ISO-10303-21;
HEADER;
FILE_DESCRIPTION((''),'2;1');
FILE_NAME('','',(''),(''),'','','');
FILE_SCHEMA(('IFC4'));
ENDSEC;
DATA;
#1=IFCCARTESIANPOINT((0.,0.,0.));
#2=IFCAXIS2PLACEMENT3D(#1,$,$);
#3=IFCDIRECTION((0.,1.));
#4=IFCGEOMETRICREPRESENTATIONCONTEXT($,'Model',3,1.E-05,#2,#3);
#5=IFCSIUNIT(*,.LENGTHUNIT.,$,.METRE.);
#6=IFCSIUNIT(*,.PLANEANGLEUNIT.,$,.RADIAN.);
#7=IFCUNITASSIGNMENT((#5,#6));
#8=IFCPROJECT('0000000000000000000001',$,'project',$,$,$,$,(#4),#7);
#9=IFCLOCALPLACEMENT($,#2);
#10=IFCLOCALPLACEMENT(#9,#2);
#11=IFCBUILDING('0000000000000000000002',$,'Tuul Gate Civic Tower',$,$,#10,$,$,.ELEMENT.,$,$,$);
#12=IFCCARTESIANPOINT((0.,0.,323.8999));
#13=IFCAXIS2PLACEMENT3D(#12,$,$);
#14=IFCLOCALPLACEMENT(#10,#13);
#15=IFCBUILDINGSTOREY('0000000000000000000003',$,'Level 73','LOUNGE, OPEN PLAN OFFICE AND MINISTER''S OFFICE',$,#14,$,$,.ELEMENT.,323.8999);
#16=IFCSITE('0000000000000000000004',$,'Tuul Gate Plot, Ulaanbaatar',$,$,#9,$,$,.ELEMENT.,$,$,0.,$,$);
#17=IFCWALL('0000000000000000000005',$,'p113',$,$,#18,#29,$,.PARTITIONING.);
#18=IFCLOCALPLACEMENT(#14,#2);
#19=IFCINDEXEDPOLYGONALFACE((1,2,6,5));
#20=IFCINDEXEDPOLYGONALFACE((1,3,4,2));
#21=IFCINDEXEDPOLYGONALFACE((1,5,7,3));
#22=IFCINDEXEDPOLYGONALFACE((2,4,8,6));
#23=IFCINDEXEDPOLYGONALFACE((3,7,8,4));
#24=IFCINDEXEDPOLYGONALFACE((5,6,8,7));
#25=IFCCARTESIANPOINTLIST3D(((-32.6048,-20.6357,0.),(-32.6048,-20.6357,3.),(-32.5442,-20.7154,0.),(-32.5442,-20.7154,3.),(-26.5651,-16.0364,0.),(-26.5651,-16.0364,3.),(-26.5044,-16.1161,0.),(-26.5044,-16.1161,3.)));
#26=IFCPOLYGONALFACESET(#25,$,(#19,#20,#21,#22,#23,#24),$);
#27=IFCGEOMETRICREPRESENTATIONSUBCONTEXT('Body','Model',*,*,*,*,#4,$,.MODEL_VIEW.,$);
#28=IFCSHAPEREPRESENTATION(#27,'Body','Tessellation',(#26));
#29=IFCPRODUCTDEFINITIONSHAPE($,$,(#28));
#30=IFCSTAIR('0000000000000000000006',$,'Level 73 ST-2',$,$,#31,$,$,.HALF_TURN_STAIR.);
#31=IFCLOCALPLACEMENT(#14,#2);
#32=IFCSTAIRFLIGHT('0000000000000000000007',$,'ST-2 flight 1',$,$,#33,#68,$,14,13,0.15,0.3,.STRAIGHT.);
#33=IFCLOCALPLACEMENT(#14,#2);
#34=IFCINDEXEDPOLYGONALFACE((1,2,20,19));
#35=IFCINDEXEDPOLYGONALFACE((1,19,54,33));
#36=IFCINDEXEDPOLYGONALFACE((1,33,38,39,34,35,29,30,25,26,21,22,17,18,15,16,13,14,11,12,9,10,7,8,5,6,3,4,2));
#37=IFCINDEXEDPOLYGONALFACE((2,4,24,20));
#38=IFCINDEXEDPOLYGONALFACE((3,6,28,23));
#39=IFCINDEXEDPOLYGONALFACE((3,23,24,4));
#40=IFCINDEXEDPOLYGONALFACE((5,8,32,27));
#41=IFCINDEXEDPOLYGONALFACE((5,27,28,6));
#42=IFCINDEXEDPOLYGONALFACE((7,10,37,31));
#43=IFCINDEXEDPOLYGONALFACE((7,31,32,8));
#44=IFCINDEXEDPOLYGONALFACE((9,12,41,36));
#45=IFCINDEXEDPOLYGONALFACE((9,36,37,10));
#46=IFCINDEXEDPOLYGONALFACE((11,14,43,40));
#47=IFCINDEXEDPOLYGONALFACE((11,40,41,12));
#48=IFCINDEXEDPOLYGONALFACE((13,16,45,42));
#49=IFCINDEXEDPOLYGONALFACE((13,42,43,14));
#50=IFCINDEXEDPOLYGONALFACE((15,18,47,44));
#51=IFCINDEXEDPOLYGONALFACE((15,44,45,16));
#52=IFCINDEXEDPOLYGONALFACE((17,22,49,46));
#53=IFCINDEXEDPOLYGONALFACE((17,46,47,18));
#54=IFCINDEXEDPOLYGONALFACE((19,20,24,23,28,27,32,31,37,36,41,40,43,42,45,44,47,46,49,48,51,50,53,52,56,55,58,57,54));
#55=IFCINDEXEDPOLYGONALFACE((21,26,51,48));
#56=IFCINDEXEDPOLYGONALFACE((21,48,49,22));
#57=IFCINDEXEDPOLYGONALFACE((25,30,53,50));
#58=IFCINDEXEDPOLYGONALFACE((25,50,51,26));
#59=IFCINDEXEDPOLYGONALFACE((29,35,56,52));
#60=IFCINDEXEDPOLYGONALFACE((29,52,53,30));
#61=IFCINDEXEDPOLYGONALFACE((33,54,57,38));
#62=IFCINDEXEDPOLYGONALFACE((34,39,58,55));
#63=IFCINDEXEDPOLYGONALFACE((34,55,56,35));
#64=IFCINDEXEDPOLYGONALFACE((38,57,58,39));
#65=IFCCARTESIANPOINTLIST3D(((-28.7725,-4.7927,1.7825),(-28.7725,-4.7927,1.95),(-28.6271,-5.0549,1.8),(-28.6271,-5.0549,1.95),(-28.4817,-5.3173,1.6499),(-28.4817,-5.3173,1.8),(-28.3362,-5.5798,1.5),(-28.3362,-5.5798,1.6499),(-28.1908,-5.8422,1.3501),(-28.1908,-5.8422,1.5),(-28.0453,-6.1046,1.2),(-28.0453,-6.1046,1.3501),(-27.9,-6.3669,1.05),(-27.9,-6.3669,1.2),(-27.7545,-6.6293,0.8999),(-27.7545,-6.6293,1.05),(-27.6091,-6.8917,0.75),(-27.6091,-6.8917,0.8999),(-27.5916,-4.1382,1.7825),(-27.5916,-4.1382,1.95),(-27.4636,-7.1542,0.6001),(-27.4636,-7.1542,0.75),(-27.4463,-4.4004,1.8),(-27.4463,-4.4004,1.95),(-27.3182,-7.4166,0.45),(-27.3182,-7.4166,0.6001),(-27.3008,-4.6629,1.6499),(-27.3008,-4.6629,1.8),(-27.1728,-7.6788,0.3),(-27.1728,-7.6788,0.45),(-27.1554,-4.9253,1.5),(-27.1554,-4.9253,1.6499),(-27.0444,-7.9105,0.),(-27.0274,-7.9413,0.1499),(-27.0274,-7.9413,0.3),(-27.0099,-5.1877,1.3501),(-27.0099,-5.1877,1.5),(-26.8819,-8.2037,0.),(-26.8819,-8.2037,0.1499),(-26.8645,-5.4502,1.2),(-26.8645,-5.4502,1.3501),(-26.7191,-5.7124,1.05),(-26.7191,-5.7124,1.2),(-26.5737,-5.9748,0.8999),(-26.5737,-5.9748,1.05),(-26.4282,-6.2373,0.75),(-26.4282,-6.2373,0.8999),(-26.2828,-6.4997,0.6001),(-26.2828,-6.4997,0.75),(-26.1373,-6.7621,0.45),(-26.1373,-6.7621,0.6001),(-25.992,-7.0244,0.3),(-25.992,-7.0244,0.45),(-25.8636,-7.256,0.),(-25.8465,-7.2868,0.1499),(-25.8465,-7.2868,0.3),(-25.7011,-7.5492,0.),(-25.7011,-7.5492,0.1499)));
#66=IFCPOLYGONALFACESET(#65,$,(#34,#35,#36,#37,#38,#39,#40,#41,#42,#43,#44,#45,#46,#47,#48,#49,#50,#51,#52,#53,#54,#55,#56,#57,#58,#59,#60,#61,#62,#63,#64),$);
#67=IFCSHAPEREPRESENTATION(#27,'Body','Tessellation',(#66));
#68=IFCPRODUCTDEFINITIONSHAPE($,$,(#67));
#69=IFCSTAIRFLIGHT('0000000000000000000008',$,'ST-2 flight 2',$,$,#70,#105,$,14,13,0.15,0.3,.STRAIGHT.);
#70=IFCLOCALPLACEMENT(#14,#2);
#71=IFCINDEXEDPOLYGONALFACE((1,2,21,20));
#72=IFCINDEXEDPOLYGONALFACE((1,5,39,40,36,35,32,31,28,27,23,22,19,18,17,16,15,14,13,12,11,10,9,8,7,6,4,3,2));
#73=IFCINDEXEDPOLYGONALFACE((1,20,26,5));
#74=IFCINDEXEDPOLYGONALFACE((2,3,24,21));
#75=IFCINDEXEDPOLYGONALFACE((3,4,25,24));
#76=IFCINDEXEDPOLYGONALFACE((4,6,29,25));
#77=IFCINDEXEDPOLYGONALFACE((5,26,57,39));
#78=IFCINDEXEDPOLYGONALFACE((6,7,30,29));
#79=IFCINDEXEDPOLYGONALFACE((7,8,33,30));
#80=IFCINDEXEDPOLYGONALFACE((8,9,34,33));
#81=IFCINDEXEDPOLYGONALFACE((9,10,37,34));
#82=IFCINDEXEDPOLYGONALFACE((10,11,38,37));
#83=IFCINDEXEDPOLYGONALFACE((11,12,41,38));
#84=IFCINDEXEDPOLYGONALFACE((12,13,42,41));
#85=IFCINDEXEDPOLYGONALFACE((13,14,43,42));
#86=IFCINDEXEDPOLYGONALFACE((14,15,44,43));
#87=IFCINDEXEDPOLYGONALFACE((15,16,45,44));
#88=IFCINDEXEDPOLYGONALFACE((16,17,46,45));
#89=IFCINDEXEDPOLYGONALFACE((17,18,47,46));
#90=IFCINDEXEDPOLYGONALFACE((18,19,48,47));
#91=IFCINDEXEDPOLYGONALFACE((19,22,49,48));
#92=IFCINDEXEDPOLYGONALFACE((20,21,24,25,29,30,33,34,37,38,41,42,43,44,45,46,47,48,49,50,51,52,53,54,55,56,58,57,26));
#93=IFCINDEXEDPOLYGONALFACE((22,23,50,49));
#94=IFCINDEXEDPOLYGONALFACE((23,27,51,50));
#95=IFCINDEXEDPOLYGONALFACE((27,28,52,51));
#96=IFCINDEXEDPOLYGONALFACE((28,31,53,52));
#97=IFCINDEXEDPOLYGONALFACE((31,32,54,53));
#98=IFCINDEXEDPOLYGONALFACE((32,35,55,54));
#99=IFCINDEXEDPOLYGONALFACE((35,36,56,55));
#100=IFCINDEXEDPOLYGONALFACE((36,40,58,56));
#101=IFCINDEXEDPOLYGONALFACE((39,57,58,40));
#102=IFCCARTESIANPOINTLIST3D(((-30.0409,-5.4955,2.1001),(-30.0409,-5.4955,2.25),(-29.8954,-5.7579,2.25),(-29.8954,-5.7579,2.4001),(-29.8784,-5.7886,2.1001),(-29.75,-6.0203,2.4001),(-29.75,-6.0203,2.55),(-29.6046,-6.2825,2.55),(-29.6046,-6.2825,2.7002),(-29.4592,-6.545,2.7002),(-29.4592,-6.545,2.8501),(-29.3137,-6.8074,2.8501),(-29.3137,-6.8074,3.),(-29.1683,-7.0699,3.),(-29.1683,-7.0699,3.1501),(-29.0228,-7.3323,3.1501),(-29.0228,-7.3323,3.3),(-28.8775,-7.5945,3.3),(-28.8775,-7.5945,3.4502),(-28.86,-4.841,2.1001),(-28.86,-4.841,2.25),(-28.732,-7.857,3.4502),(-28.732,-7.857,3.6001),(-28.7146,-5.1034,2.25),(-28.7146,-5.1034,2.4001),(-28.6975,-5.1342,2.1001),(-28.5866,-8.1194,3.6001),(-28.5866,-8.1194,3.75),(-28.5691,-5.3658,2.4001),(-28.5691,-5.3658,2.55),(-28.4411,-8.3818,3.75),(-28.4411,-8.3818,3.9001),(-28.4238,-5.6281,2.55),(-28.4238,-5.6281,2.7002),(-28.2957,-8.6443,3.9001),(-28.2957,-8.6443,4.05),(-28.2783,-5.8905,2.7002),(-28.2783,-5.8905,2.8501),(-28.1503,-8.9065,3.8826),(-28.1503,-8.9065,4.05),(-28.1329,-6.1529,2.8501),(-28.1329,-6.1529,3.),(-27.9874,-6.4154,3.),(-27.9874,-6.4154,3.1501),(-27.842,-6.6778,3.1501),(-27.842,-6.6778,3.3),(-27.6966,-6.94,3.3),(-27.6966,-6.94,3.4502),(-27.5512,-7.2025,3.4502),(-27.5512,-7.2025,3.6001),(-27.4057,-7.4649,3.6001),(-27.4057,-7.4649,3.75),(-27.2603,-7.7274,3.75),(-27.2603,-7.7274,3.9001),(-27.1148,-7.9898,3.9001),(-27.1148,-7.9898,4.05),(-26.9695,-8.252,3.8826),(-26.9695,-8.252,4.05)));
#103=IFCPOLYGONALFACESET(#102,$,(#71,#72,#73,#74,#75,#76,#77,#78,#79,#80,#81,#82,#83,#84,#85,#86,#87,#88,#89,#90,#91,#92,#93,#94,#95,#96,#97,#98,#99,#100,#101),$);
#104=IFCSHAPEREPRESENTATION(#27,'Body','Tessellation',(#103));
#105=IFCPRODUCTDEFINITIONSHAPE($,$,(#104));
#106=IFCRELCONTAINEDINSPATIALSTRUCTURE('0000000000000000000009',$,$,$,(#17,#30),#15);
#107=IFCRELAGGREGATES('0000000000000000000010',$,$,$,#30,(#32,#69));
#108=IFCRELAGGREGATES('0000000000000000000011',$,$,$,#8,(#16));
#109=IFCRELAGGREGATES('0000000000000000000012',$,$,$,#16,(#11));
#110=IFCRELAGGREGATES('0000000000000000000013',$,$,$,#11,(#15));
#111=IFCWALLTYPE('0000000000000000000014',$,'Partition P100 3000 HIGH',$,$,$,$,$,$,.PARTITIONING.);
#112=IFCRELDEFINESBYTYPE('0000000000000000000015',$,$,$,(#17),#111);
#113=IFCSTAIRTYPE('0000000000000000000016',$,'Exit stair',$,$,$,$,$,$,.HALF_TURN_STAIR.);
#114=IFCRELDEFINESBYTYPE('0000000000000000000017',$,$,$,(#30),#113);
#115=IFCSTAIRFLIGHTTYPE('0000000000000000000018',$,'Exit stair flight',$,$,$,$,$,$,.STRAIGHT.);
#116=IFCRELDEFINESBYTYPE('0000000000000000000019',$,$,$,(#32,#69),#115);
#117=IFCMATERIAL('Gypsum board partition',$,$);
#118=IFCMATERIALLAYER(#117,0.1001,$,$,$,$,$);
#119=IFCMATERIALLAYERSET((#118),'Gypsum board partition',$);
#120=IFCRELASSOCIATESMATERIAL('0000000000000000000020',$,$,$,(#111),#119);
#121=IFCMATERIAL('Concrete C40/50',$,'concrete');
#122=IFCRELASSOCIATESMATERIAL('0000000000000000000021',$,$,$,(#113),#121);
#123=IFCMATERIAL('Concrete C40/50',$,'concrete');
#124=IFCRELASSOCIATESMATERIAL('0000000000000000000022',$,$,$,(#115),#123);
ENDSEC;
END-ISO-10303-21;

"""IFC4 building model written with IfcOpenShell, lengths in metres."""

from ifc_helpers import new_model, si_unit, direction, frame, frame_2d, origin, place, context, subcontext, project, spatial, polyline, rectangle, outline, extrude, material, layer, layer_set, type_object, element, aggregate, save


model = new_model("IFC4")

# Units and contexts
model_context = context("Model", 3, precision=1e-05, world=origin(), true_north=direction((0.0, 1.0)))
body_context = subcontext(model_context, "Body", "Model", "MODEL_VIEW")
ifc_project = project(units=[si_unit("LENGTHUNIT", "METRE"), si_unit("PLANEANGLEUNIT", "RADIAN")], contexts=[model_context])

# Site, building, storey
site_placement = place(None, origin())
site = spatial("IfcSite", under=ifc_project, at=site_placement, Name="Tuul Gate Plot, Ulaanbaatar", CompositionType="ELEMENT", RefElevation=0.0)
building_placement = place(site_placement, origin())
building = spatial("IfcBuilding", under=site, at=building_placement, Name="Tuul Gate Civic Tower", CompositionType="ELEMENT")
storey_placement = place(building_placement, frame((0.0, 0.0, 323.8999)))
storey = spatial("IfcBuildingStorey", under=building, at=storey_placement, Name="Level 73", Description="LOUNGE, OPEN PLAN OFFICE AND MINISTER'S OFFICE", CompositionType="ELEMENT", Elevation=323.8999)

# Wall
ifc_material_1 = material(Name="Gypsum board partition")
ifc_layer_1 = layer(ifc_material_1, 0.1001)
ifc_layer_set_1 = layer_set([ifc_layer_1], Name="Gypsum board partition")
wall_type_1 = type_object("IfcWallType", Name="Partition P100 3000 HIGH", PredefinedType="PARTITIONING", material=ifc_layer_set_1)
wall_1_placement = place(storey_placement, frame((-26.5347, -16.0762, 0.0), z_axis=(0.0, 0.0, 1.0), x_axis=(-0.795583, -0.605845, 0.0)))
element("IfcWall", 1, at=wall_1_placement, inside=storey, type_object=wall_type_1, Name="p113", PredefinedType="PARTITIONING", context=body_context, shape_type="SweptSolid", body=[
    extrude(rectangle(XDim=7.5916, YDim=0.1001, at=frame_2d((3.7959, 0.0))), origin(), (0.0, 0.0, 1.0), 3.0),
])

# Stair, stair flights
ifc_material_2 = material(Name="Concrete C40/50", Category="concrete")
stair_type = type_object("IfcStairType", Name="Exit stair", PredefinedType="HALF_TURN_STAIR", material=ifc_material_2)
stair_placement = place(storey_placement, origin())
stair = element("IfcStair", 2, at=stair_placement, inside=storey, type_object=stair_type, Name="Level 73 ST-2", PredefinedType="HALF_TURN_STAIR")
ifc_material_3 = material(Name="Concrete C40/50", Category="concrete")
stair_flight_type = type_object("IfcStairFlightType", Name="Exit stair flight", PredefinedType="STRAIGHT", material=ifc_material_3)
stair_flight_1_placement = place(storey_placement, frame((-26.2915, -7.8765, 0.0), z_axis=(0.0, 0.0, 1.0), x_axis=(-0.484762, 0.874646, 0.0)))
stair_flight_1 = element("IfcStairFlight", 3, at=stair_flight_1_placement, type_object=stair_flight_type, Name="ST-2 flight 1", NumberOfRisers=14, NumberOfTreads=13, PredefinedType="STRAIGHT", RiserHeight=0.15, TreadLength=0.3, context=body_context, shape_type="SweptSolid", body=[
    extrude(outline(polyline([(0.0, 0.0), (0.0, 0.1499), (0.3, 0.1499), (0.3, 0.3), (0.6001, 0.3), (0.6001, 0.45), (0.8999, 0.45), (0.8999, 0.6001), (1.2, 0.6001), (1.2, 0.75), (1.5, 0.75), (1.5, 0.8999), (1.8, 0.8999), (1.8, 1.05), (2.1001, 1.05), (2.1001, 1.2), (2.3999, 1.2), (2.3999, 1.3501), (2.7, 1.3501), (2.7, 1.5), (3.0, 1.5), (3.0, 1.6499), (3.3, 1.6499), (3.3, 1.8), (3.6001, 1.8), (3.6001, 1.95), (3.8999, 1.95), (3.8999, 2.1001), (3.8999, 1.7825), (0.3352, 0.0), (0.0, 0.0)])), frame((0.0, 0.675, 0.0), z_axis=(0.0, -1.0, 0.0), x_axis=(1.0, 0.0, 0.0)), (0.0, 0.0, 1.0), 1.3501),
])
stair_flight_2_placement = place(storey_placement, frame((-29.4504, -5.1682, 2.1001), z_axis=(0.0, 0.0, 1.0), x_axis=(0.484762, -0.874646, 0.0)))
stair_flight_2 = element("IfcStairFlight", 4, at=stair_flight_2_placement, type_object=stair_flight_type, Name="ST-2 flight 2", NumberOfRisers=14, NumberOfTreads=13, PredefinedType="STRAIGHT", RiserHeight=0.15, TreadLength=0.3, context=body_context, shape_type="SweptSolid", body=[
    extrude(outline(polyline([(0.0, 0.0), (0.0, 0.1499), (0.3, 0.1499), (0.3, 0.3), (0.6001, 0.3), (0.6001, 0.45), (0.8999, 0.45), (0.8999, 0.6001), (1.2, 0.6001), (1.2, 0.75), (1.5, 0.75), (1.5, 0.8999), (1.8, 0.8999), (1.8, 1.05), (2.1001, 1.05), (2.1001, 1.2), (2.3999, 1.2), (2.3999, 1.3501), (2.7, 1.3501), (2.7, 1.5), (3.0, 1.5), (3.0, 1.6499), (3.3, 1.6499), (3.3, 1.8), (3.6001, 1.8), (3.6001, 1.95), (3.8999, 1.95), (3.8999, 2.1001), (3.8999, 1.7825), (0.3352, 0.0), (0.0, 0.0)])), frame((0.0, 0.675, 0.0), z_axis=(0.0, -1.0, 0.0), x_axis=(1.0, 0.0, 0.0)), (0.0, 0.0, 1.0), 1.3501),
])
aggregate(stair, [stair_flight_1, stair_flight_2])

save(model, "model.ifc")
